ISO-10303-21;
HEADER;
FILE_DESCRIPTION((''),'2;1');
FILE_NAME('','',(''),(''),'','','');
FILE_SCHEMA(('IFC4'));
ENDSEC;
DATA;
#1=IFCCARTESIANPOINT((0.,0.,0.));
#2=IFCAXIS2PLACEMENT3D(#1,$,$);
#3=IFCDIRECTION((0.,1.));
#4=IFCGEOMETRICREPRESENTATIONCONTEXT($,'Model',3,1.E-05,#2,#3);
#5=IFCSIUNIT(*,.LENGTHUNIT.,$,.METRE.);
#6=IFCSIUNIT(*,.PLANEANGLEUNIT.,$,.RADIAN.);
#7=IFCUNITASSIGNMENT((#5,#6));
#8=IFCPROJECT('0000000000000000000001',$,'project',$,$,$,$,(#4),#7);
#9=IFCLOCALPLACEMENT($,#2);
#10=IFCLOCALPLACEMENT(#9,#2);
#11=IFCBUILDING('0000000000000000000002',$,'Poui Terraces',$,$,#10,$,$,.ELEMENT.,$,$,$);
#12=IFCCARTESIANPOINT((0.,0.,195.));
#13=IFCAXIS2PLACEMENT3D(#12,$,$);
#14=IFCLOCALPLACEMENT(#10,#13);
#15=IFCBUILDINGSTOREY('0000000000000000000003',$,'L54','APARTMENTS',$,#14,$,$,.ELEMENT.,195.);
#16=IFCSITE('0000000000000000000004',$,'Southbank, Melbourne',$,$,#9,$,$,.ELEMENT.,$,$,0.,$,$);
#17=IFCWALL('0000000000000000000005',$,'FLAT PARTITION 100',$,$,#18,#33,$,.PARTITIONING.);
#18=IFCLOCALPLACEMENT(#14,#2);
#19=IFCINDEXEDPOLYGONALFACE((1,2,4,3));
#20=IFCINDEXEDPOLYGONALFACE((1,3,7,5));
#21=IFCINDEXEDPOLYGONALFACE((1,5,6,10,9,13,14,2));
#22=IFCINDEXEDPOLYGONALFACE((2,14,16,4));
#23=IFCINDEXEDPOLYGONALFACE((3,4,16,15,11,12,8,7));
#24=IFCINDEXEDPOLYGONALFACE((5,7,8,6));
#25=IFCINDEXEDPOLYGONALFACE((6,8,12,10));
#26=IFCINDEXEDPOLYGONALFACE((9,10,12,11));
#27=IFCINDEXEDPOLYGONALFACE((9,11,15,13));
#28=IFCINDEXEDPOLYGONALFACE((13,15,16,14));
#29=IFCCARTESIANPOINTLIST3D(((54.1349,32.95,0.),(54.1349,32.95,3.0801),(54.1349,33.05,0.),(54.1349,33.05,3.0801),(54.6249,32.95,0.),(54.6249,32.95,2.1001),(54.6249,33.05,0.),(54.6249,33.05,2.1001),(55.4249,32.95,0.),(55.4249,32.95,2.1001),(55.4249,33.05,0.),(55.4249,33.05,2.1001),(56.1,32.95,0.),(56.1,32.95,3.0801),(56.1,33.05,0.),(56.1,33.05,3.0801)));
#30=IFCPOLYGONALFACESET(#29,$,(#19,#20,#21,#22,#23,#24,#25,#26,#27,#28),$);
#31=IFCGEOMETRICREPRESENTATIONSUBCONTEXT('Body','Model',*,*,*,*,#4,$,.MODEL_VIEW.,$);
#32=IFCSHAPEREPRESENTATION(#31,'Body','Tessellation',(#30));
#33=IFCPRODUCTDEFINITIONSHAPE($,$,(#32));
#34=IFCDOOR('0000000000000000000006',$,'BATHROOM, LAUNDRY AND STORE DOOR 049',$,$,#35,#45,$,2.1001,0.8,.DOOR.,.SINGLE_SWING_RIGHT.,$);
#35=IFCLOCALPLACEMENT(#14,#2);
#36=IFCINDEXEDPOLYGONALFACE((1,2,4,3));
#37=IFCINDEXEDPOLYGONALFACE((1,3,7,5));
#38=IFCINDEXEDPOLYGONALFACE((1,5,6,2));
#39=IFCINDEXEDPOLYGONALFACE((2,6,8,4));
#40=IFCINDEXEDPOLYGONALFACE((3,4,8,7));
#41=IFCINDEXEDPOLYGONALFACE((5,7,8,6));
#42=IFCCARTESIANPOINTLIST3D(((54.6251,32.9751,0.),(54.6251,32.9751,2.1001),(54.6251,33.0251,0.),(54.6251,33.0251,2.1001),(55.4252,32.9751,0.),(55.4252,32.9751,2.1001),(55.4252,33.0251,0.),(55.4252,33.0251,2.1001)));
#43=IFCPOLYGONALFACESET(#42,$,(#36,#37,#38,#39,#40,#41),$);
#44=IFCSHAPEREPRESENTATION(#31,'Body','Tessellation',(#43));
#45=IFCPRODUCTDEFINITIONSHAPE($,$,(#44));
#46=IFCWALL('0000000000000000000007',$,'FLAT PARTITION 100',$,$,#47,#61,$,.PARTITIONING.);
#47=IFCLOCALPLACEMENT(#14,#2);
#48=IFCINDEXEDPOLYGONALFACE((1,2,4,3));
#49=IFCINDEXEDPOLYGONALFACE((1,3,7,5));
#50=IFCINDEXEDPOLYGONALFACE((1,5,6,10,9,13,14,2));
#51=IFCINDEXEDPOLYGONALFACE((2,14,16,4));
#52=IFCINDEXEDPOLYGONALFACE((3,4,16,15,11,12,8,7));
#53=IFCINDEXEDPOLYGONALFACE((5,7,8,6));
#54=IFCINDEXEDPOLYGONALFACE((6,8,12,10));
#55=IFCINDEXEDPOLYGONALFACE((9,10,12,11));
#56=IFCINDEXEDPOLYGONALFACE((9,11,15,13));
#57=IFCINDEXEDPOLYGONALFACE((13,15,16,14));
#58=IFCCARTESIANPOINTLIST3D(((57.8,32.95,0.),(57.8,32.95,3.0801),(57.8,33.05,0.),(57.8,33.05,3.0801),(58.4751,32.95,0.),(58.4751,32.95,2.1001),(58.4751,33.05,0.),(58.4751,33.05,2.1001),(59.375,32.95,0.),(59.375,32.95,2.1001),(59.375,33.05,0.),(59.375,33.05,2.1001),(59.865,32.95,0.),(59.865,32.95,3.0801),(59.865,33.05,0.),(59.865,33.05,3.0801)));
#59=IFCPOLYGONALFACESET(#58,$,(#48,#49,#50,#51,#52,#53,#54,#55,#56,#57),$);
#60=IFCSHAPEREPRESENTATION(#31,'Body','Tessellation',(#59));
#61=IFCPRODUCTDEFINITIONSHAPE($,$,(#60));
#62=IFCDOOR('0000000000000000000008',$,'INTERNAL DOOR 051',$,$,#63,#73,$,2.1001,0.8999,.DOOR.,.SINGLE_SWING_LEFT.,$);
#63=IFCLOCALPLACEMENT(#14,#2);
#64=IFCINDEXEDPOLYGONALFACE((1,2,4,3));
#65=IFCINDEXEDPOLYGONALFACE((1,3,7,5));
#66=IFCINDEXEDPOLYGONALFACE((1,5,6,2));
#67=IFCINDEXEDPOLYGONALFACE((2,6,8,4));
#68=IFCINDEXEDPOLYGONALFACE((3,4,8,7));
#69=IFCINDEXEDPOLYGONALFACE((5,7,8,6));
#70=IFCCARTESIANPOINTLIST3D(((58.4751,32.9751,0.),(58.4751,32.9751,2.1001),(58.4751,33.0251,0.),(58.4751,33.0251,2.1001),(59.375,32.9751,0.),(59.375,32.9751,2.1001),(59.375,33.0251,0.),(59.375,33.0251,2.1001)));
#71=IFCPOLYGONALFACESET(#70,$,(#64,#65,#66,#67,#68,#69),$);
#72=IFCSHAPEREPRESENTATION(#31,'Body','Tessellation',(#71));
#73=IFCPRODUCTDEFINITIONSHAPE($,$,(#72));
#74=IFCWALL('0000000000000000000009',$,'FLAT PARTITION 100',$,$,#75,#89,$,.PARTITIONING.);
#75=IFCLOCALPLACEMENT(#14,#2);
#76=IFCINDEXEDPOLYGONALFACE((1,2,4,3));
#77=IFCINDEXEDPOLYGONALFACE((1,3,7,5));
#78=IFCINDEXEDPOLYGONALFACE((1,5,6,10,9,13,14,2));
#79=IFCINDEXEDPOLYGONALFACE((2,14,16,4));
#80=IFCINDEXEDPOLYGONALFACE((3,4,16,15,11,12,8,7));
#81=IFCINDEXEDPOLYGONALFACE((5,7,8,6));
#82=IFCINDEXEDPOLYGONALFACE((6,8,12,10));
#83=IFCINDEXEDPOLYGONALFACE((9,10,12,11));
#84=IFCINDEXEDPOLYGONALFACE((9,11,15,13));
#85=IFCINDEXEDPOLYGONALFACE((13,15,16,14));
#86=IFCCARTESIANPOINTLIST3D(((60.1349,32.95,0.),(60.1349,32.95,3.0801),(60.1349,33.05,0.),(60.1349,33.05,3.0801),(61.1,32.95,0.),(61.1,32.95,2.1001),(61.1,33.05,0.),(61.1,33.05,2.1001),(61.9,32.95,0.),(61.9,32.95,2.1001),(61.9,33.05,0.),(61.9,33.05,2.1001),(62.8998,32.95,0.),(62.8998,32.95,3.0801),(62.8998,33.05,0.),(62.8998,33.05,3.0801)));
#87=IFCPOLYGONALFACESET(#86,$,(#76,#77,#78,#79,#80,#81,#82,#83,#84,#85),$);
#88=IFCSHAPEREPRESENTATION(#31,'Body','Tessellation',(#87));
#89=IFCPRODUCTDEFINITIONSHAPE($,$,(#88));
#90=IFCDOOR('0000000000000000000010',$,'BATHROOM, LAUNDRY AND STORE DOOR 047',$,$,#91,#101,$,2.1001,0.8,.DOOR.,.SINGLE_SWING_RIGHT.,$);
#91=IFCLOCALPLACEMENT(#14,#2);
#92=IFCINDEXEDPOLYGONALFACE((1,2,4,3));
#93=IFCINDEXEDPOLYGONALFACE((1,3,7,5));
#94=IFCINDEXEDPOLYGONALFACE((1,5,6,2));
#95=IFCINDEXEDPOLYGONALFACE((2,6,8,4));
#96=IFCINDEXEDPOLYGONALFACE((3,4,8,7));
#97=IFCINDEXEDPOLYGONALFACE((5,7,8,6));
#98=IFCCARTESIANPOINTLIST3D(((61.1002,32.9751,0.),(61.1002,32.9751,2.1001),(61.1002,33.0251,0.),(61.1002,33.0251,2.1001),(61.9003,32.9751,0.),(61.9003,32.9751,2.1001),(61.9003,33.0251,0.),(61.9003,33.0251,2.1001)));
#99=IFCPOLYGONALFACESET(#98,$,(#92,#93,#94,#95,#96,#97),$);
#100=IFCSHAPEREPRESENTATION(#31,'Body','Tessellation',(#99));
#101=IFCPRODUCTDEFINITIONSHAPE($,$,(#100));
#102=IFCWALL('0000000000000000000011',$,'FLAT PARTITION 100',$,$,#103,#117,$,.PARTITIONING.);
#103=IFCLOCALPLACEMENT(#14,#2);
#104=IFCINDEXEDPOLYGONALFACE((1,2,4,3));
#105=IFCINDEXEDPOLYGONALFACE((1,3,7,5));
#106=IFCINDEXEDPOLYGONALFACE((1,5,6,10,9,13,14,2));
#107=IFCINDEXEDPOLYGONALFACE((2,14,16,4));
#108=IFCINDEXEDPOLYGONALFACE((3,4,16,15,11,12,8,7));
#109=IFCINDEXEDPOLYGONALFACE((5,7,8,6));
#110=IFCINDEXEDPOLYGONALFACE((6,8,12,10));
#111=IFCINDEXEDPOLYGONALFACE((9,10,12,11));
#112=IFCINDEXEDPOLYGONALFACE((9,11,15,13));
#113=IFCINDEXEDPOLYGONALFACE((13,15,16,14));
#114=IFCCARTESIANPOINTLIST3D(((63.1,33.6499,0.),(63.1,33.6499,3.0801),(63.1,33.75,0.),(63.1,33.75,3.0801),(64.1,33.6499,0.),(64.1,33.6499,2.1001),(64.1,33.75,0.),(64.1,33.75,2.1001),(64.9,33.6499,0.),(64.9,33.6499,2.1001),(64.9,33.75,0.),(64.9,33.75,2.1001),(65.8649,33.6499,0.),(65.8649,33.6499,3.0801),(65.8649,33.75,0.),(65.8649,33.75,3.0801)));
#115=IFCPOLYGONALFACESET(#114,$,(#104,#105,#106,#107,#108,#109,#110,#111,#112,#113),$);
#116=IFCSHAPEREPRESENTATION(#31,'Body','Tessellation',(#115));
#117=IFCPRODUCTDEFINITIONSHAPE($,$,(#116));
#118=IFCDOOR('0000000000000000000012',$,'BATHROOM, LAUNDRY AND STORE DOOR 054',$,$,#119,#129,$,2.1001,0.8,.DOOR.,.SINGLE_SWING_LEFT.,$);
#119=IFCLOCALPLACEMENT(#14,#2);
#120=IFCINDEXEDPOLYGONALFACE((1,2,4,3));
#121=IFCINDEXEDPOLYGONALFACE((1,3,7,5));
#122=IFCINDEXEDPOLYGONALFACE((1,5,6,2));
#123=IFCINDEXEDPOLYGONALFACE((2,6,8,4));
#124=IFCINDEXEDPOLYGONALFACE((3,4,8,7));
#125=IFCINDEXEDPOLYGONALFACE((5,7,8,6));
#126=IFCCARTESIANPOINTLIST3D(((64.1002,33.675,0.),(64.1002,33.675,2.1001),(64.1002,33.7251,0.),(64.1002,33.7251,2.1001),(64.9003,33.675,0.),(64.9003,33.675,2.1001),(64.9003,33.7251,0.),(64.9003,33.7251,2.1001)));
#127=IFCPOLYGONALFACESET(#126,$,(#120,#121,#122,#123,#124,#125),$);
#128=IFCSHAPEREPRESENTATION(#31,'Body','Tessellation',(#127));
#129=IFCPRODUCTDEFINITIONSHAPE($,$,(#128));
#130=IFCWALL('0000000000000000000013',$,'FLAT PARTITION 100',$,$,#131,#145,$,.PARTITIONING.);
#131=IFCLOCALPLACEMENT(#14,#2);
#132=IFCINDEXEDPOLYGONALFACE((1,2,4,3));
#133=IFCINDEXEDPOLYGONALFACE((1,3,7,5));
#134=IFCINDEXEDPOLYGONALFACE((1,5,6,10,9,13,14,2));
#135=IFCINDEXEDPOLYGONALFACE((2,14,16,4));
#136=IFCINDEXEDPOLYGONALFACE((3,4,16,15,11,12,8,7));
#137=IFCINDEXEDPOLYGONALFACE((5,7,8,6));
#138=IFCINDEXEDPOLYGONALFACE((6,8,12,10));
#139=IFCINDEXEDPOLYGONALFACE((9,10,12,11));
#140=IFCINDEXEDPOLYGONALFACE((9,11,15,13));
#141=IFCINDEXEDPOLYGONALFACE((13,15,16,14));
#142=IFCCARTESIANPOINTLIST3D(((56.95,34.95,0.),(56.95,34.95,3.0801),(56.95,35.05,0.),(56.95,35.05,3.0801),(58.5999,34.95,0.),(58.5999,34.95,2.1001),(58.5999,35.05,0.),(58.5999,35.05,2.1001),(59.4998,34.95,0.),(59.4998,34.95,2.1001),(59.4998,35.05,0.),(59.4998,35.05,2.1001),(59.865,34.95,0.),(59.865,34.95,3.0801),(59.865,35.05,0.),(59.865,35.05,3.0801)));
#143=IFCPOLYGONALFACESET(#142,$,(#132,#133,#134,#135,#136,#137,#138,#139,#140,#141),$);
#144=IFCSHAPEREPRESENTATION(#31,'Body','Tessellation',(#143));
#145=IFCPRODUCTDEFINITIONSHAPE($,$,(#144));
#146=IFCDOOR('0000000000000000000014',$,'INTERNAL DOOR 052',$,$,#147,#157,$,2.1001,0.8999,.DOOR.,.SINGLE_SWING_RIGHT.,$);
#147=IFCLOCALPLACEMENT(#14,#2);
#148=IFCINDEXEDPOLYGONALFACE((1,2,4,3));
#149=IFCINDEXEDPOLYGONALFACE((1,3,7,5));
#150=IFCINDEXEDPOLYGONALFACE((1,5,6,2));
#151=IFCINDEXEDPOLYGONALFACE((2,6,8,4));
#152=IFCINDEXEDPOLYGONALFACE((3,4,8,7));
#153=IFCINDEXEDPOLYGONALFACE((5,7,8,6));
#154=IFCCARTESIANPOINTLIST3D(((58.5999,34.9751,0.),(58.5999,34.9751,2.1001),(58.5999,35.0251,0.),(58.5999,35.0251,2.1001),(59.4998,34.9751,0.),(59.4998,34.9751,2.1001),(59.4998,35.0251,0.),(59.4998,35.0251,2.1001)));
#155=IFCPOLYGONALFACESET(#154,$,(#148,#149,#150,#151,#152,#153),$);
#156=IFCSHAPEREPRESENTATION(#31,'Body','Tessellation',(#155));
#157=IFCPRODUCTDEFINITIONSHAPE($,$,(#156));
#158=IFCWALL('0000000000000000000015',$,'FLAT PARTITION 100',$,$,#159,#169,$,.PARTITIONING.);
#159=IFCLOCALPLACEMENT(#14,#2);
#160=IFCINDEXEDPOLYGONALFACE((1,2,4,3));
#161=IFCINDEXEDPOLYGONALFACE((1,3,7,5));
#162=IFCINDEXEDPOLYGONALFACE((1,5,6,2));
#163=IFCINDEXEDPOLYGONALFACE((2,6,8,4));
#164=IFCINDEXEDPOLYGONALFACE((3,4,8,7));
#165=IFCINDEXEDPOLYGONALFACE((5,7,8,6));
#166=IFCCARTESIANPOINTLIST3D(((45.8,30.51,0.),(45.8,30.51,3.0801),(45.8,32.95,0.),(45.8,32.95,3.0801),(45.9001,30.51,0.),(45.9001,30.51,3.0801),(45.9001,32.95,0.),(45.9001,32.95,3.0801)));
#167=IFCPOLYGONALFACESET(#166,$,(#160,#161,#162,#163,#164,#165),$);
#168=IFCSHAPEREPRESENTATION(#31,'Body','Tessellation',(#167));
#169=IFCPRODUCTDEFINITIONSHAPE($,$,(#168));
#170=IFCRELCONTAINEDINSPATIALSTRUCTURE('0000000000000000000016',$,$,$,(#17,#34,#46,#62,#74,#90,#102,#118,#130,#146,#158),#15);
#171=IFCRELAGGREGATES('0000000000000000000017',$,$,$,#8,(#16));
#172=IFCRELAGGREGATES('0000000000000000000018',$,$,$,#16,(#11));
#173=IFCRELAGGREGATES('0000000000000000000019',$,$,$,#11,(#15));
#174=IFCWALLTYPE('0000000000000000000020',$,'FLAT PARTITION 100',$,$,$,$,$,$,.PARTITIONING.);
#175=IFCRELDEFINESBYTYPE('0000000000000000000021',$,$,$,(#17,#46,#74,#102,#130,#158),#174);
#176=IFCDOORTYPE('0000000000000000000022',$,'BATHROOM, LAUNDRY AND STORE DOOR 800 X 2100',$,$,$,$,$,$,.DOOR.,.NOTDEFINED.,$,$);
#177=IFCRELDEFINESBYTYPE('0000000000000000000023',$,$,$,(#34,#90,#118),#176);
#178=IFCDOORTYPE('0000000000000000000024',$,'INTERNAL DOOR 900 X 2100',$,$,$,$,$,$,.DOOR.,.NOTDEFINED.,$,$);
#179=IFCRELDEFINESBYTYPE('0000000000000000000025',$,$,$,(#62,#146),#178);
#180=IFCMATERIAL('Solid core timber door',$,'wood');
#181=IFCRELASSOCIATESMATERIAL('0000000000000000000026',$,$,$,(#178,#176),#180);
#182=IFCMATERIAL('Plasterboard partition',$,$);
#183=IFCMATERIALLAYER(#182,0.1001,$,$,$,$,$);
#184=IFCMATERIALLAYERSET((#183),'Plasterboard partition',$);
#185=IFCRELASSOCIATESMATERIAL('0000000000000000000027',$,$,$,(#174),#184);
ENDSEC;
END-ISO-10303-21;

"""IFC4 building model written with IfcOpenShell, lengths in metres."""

from ifc_helpers import new_model, si_unit, direction, frame, frame_2d, origin, place, context, subcontext, project, spatial, rectangle, extrude, material, layer, layer_set, type_object, element, fill, save


model = new_model("IFC4")

# Units and contexts
model_context = context("Model", 3, precision=1e-05, world=origin(), true_north=direction((0.0, 1.0)))
body_context = subcontext(model_context, "Body", "Model", "MODEL_VIEW")
ifc_project = project(units=[si_unit("LENGTHUNIT", "METRE"), si_unit("PLANEANGLEUNIT", "RADIAN")], contexts=[model_context])

# Site, building, storey
site_placement = place(None, origin())
site = spatial("IfcSite", under=ifc_project, at=site_placement, Name="Southbank, Melbourne", CompositionType="ELEMENT", RefElevation=0.0)
building_placement = place(site_placement, origin())
building = spatial("IfcBuilding", under=site, at=building_placement, Name="Poui Terraces", CompositionType="ELEMENT")
storey_placement = place(building_placement, frame((0.0, 0.0, 195.0)))
storey = spatial("IfcBuildingStorey", under=building, at=storey_placement, Name="L54", Description="APARTMENTS", CompositionType="ELEMENT", Elevation=195.0)

# Shared definitions
ifc_material_1 = material(Name="Solid core timber door", Category="wood")
door_type_1 = type_object("IfcDoorType", Name="INTERNAL DOOR 900 X 2100", OperationType="NOTDEFINED", PredefinedType="DOOR", material=ifc_material_1)
ifc_material_2 = material(Name="Plasterboard partition")
ifc_layer_1 = layer(ifc_material_2, 0.1001)
ifc_layer_set_1 = layer_set([ifc_layer_1], Name="Plasterboard partition")
wall_type_1 = type_object("IfcWallType", Name="FLAT PARTITION 100", PredefinedType="PARTITIONING", material=ifc_layer_set_1)

# Shared definitions
door_type_2 = type_object("IfcDoorType", Name="BATHROOM, LAUNDRY AND STORE DOOR 800 X 2100", OperationType="NOTDEFINED", PredefinedType="DOOR", material=ifc_material_1)

# Walls, openings, doors
wall_1_placement = place(storey_placement, frame((54.135, 33.0, 0.0), z_axis=(0.0, 0.0, 1.0), x_axis=(1.0, 0.0, 0.0)))
wall_1 = element("IfcWall", 1, at=wall_1_placement, inside=storey, type_object=wall_type_1, Name="FLAT PARTITION 100", PredefinedType="PARTITIONING", context=body_context, shape_type="SweptSolid", body=[
    extrude(rectangle(XDim=1.9651, YDim=0.1001, at=frame_2d((0.9824, 0.0))), origin(), (0.0, 0.0, 1.0), 3.0801),
])
opening_1_placement = place(wall_1_placement, frame((0.49, 0.0, 0.0)))
opening_1 = element("IfcOpeningElement", 2, at=opening_1_placement, cuts=wall_1, PredefinedType="OPENING", context=body_context, shape_type="SweptSolid", body=[
    extrude(rectangle(XDim=0.8, YDim=2.1001, at=frame_2d((0.3999, 1.05))), frame((0.0, 0.0601, 0.0), z_axis=(0.0, -1.0, 0.0), x_axis=(1.0, 0.0, 0.0)), (0.0, 0.0, 1.0), 0.1201),
])
door_1_placement = place(opening_1_placement, frame((0.8, 0.0, 0.0), z_axis=(0.0, 0.0, 1.0), x_axis=(-1.0, 0.0, 0.0)))
door_1 = element("IfcDoor", 3, at=door_1_placement, inside=storey, type_object=door_type_2, Name="BATHROOM, LAUNDRY AND STORE DOOR 049", OperationType="SINGLE_SWING_RIGHT", OverallHeight=2.1001, OverallWidth=0.8, PredefinedType="DOOR", context=body_context, shape_type="SweptSolid", body=[
    extrude(rectangle(XDim=0.8, YDim=2.1001, at=frame_2d((0.3999, 1.05))), frame((0.0, 0.0249, 0.0), z_axis=(0.0, -1.0, 0.0), x_axis=(1.0, 0.0, 0.0)), (0.0, 0.0, 1.0), 0.05),
])
fill(opening_1, door_1)
wall_2_placement = place(storey_placement, frame((57.8, 33.0, 0.0), z_axis=(0.0, 0.0, 1.0), x_axis=(1.0, 0.0, 0.0)))
wall_2 = element("IfcWall", 4, at=wall_2_placement, inside=storey, type_object=wall_type_1, Name="FLAT PARTITION 100", PredefinedType="PARTITIONING", context=body_context, shape_type="SweptSolid", body=[
    extrude(rectangle(XDim=2.0649, YDim=0.1001, at=frame_2d((1.0325, 0.0))), origin(), (0.0, 0.0, 1.0), 3.0801),
])
opening_2_placement = place(wall_2_placement, frame((0.675, 0.0, 0.0)))
opening_2 = element("IfcOpeningElement", 5, at=opening_2_placement, cuts=wall_2, PredefinedType="OPENING", context=body_context, shape_type="SweptSolid", body=[
    extrude(rectangle(XDim=0.8999, YDim=2.1001, at=frame_2d((0.45, 1.05))), frame((0.0, 0.0601, 0.0), z_axis=(0.0, -1.0, 0.0), x_axis=(1.0, 0.0, 0.0)), (0.0, 0.0, 1.0), 0.1201),
])
door_2_placement = place(opening_2_placement, frame((0.8999, 0.0, 0.0), z_axis=(0.0, 0.0, 1.0), x_axis=(-1.0, 0.0, 0.0)))
door_2 = element("IfcDoor", 6, at=door_2_placement, inside=storey, type_object=door_type_1, Name="INTERNAL DOOR 051", OperationType="SINGLE_SWING_LEFT", OverallHeight=2.1001, OverallWidth=0.8999, PredefinedType="DOOR", context=body_context, shape_type="SweptSolid", body=[
    extrude(rectangle(XDim=0.8999, YDim=2.1001, at=frame_2d((0.45, 1.05))), frame((0.0, 0.0249, 0.0), z_axis=(0.0, -1.0, 0.0), x_axis=(1.0, 0.0, 0.0)), (0.0, 0.0, 1.0), 0.05),
])
fill(opening_2, door_2)
wall_3_placement = place(storey_placement, frame((60.135, 33.0, 0.0), z_axis=(0.0, 0.0, 1.0), x_axis=(1.0, 0.0, 0.0)))
wall_3 = element("IfcWall", 7, at=wall_3_placement, inside=storey, type_object=wall_type_1, Name="FLAT PARTITION 100", PredefinedType="PARTITIONING", context=body_context, shape_type="SweptSolid", body=[
    extrude(rectangle(XDim=2.7649, YDim=0.1001, at=frame_2d((1.3823, 0.0))), origin(), (0.0, 0.0, 1.0), 3.0801),
])
opening_3_placement = place(wall_3_placement, frame((0.9651, 0.0, 0.0)))
opening_3 = element("IfcOpeningElement", 8, at=opening_3_placement, cuts=wall_3, PredefinedType="OPENING", context=body_context, shape_type="SweptSolid", body=[
    extrude(rectangle(XDim=0.8, YDim=2.1001, at=frame_2d((0.3999, 1.05))), frame((0.0, 0.0601, 0.0), z_axis=(0.0, -1.0, 0.0), x_axis=(1.0, 0.0, 0.0)), (0.0, 0.0, 1.0), 0.1201),
])
door_3_placement = place(opening_3_placement, frame((0.8, 0.0, 0.0), z_axis=(0.0, 0.0, 1.0), x_axis=(-1.0, 0.0, 0.0)))
door_3 = element("IfcDoor", 9, at=door_3_placement, inside=storey, type_object=door_type_2, Name="BATHROOM, LAUNDRY AND STORE DOOR 047", OperationType="SINGLE_SWING_RIGHT", OverallHeight=2.1001, OverallWidth=0.8, PredefinedType="DOOR", context=body_context, shape_type="SweptSolid", body=[
    extrude(rectangle(XDim=0.8, YDim=2.1001, at=frame_2d((0.3999, 1.05))), frame((0.0, 0.0249, 0.0), z_axis=(0.0, -1.0, 0.0), x_axis=(1.0, 0.0, 0.0)), (0.0, 0.0, 1.0), 0.05),
])
fill(opening_3, door_3)
wall_4_placement = place(storey_placement, frame((63.1001, 33.7, 0.0), z_axis=(0.0, 0.0, 1.0), x_axis=(1.0, 0.0, 0.0)))
wall_4 = element("IfcWall", 10, at=wall_4_placement, inside=storey, type_object=wall_type_1, Name="FLAT PARTITION 100", PredefinedType="PARTITIONING", context=body_context, shape_type="SweptSolid", body=[
    extrude(rectangle(XDim=2.7649, YDim=0.1001, at=frame_2d((1.3823, 0.0))), origin(), (0.0, 0.0, 1.0), 3.0801),
])
opening_4_placement = place(wall_4_placement, frame((1.0, 0.0, 0.0)))
opening_4 = element("IfcOpeningElement", 11, at=opening_4_placement, cuts=wall_4, PredefinedType="OPENING", context=body_context, shape_type="SweptSolid", body=[
    extrude(rectangle(XDim=0.8, YDim=2.1001, at=frame_2d((0.3999, 1.05))), frame((0.0, 0.0601, 0.0), z_axis=(0.0, -1.0, 0.0), x_axis=(1.0, 0.0, 0.0)), (0.0, 0.0, 1.0), 0.1201),
])
door_4_placement = place(opening_4_placement, frame((0.8, 0.0, 0.0), z_axis=(0.0, 0.0, 1.0), x_axis=(-1.0, 0.0, 0.0)))
door_4 = element("IfcDoor", 12, at=door_4_placement, inside=storey, type_object=door_type_2, Name="BATHROOM, LAUNDRY AND STORE DOOR 054", OperationType="SINGLE_SWING_LEFT", OverallHeight=2.1001, OverallWidth=0.8, PredefinedType="DOOR", context=body_context, shape_type="SweptSolid", body=[
    extrude(rectangle(XDim=0.8, YDim=2.1001, at=frame_2d((0.3999, 1.05))), frame((0.0, 0.0249, 0.0), z_axis=(0.0, -1.0, 0.0), x_axis=(1.0, 0.0, 0.0)), (0.0, 0.0, 1.0), 0.05),
])
fill(opening_4, door_4)
wall_5_placement = place(storey_placement, frame((56.95, 35.0, 0.0), z_axis=(0.0, 0.0, 1.0), x_axis=(1.0, 0.0, 0.0)))
wall_5 = element("IfcWall", 13, at=wall_5_placement, inside=storey, type_object=wall_type_1, Name="FLAT PARTITION 100", PredefinedType="PARTITIONING", context=body_context, shape_type="SweptSolid", body=[
    extrude(rectangle(XDim=2.915, YDim=0.1001, at=frame_2d((1.4575, 0.0))), origin(), (0.0, 0.0, 1.0), 3.0801),
])
opening_5_placement = place(wall_5_placement, frame((1.6499, 0.0, 0.0)))
opening_5 = element("IfcOpeningElement", 14, at=opening_5_placement, cuts=wall_5, PredefinedType="OPENING", context=body_context, shape_type="SweptSolid", body=[
    extrude(rectangle(XDim=0.8999, YDim=2.1001, at=frame_2d((0.45, 1.05))), frame((0.0, 0.0601, 0.0), z_axis=(0.0, -1.0, 0.0), x_axis=(1.0, 0.0, 0.0)), (0.0, 0.0, 1.0), 0.1201),
])
door_5_placement = place(opening_5_placement, frame((0.8999, 0.0, 0.0), z_axis=(0.0, 0.0, 1.0), x_axis=(-1.0, 0.0, 0.0)))
door_5 = element("IfcDoor", 15, at=door_5_placement, inside=storey, type_object=door_type_1, Name="INTERNAL DOOR 052", OperationType="SINGLE_SWING_RIGHT", OverallHeight=2.1001, OverallWidth=0.8999, PredefinedType="DOOR", context=body_context, shape_type="SweptSolid", body=[
    extrude(rectangle(XDim=0.8999, YDim=2.1001, at=frame_2d((0.45, 1.05))), frame((0.0, 0.0249, 0.0), z_axis=(0.0, -1.0, 0.0), x_axis=(1.0, 0.0, 0.0)), (0.0, 0.0, 1.0), 0.05),
])
fill(opening_5, door_5)

# Wall
for number, where, z_axis, x_axis, name in (
    (16, (45.8501, 30.51, 0.0), (0.0, 0.0, 1.0), (0.0, 1.0, 0.0), "FLAT PARTITION 100"),
):
    element("IfcWall", number, at=place(storey_placement, frame(where, z_axis=z_axis, x_axis=x_axis)), inside=storey, type_object=wall_type_1, Name=name, PredefinedType="PARTITIONING", context=body_context, shape_type="SweptSolid", body=[
        extrude(rectangle(XDim=2.4399, YDim=0.1001, at=frame_2d((1.22, 0.0))), origin(), (0.0, 0.0, 1.0), 3.0801),
    ])

save(model, "model.ifc")
